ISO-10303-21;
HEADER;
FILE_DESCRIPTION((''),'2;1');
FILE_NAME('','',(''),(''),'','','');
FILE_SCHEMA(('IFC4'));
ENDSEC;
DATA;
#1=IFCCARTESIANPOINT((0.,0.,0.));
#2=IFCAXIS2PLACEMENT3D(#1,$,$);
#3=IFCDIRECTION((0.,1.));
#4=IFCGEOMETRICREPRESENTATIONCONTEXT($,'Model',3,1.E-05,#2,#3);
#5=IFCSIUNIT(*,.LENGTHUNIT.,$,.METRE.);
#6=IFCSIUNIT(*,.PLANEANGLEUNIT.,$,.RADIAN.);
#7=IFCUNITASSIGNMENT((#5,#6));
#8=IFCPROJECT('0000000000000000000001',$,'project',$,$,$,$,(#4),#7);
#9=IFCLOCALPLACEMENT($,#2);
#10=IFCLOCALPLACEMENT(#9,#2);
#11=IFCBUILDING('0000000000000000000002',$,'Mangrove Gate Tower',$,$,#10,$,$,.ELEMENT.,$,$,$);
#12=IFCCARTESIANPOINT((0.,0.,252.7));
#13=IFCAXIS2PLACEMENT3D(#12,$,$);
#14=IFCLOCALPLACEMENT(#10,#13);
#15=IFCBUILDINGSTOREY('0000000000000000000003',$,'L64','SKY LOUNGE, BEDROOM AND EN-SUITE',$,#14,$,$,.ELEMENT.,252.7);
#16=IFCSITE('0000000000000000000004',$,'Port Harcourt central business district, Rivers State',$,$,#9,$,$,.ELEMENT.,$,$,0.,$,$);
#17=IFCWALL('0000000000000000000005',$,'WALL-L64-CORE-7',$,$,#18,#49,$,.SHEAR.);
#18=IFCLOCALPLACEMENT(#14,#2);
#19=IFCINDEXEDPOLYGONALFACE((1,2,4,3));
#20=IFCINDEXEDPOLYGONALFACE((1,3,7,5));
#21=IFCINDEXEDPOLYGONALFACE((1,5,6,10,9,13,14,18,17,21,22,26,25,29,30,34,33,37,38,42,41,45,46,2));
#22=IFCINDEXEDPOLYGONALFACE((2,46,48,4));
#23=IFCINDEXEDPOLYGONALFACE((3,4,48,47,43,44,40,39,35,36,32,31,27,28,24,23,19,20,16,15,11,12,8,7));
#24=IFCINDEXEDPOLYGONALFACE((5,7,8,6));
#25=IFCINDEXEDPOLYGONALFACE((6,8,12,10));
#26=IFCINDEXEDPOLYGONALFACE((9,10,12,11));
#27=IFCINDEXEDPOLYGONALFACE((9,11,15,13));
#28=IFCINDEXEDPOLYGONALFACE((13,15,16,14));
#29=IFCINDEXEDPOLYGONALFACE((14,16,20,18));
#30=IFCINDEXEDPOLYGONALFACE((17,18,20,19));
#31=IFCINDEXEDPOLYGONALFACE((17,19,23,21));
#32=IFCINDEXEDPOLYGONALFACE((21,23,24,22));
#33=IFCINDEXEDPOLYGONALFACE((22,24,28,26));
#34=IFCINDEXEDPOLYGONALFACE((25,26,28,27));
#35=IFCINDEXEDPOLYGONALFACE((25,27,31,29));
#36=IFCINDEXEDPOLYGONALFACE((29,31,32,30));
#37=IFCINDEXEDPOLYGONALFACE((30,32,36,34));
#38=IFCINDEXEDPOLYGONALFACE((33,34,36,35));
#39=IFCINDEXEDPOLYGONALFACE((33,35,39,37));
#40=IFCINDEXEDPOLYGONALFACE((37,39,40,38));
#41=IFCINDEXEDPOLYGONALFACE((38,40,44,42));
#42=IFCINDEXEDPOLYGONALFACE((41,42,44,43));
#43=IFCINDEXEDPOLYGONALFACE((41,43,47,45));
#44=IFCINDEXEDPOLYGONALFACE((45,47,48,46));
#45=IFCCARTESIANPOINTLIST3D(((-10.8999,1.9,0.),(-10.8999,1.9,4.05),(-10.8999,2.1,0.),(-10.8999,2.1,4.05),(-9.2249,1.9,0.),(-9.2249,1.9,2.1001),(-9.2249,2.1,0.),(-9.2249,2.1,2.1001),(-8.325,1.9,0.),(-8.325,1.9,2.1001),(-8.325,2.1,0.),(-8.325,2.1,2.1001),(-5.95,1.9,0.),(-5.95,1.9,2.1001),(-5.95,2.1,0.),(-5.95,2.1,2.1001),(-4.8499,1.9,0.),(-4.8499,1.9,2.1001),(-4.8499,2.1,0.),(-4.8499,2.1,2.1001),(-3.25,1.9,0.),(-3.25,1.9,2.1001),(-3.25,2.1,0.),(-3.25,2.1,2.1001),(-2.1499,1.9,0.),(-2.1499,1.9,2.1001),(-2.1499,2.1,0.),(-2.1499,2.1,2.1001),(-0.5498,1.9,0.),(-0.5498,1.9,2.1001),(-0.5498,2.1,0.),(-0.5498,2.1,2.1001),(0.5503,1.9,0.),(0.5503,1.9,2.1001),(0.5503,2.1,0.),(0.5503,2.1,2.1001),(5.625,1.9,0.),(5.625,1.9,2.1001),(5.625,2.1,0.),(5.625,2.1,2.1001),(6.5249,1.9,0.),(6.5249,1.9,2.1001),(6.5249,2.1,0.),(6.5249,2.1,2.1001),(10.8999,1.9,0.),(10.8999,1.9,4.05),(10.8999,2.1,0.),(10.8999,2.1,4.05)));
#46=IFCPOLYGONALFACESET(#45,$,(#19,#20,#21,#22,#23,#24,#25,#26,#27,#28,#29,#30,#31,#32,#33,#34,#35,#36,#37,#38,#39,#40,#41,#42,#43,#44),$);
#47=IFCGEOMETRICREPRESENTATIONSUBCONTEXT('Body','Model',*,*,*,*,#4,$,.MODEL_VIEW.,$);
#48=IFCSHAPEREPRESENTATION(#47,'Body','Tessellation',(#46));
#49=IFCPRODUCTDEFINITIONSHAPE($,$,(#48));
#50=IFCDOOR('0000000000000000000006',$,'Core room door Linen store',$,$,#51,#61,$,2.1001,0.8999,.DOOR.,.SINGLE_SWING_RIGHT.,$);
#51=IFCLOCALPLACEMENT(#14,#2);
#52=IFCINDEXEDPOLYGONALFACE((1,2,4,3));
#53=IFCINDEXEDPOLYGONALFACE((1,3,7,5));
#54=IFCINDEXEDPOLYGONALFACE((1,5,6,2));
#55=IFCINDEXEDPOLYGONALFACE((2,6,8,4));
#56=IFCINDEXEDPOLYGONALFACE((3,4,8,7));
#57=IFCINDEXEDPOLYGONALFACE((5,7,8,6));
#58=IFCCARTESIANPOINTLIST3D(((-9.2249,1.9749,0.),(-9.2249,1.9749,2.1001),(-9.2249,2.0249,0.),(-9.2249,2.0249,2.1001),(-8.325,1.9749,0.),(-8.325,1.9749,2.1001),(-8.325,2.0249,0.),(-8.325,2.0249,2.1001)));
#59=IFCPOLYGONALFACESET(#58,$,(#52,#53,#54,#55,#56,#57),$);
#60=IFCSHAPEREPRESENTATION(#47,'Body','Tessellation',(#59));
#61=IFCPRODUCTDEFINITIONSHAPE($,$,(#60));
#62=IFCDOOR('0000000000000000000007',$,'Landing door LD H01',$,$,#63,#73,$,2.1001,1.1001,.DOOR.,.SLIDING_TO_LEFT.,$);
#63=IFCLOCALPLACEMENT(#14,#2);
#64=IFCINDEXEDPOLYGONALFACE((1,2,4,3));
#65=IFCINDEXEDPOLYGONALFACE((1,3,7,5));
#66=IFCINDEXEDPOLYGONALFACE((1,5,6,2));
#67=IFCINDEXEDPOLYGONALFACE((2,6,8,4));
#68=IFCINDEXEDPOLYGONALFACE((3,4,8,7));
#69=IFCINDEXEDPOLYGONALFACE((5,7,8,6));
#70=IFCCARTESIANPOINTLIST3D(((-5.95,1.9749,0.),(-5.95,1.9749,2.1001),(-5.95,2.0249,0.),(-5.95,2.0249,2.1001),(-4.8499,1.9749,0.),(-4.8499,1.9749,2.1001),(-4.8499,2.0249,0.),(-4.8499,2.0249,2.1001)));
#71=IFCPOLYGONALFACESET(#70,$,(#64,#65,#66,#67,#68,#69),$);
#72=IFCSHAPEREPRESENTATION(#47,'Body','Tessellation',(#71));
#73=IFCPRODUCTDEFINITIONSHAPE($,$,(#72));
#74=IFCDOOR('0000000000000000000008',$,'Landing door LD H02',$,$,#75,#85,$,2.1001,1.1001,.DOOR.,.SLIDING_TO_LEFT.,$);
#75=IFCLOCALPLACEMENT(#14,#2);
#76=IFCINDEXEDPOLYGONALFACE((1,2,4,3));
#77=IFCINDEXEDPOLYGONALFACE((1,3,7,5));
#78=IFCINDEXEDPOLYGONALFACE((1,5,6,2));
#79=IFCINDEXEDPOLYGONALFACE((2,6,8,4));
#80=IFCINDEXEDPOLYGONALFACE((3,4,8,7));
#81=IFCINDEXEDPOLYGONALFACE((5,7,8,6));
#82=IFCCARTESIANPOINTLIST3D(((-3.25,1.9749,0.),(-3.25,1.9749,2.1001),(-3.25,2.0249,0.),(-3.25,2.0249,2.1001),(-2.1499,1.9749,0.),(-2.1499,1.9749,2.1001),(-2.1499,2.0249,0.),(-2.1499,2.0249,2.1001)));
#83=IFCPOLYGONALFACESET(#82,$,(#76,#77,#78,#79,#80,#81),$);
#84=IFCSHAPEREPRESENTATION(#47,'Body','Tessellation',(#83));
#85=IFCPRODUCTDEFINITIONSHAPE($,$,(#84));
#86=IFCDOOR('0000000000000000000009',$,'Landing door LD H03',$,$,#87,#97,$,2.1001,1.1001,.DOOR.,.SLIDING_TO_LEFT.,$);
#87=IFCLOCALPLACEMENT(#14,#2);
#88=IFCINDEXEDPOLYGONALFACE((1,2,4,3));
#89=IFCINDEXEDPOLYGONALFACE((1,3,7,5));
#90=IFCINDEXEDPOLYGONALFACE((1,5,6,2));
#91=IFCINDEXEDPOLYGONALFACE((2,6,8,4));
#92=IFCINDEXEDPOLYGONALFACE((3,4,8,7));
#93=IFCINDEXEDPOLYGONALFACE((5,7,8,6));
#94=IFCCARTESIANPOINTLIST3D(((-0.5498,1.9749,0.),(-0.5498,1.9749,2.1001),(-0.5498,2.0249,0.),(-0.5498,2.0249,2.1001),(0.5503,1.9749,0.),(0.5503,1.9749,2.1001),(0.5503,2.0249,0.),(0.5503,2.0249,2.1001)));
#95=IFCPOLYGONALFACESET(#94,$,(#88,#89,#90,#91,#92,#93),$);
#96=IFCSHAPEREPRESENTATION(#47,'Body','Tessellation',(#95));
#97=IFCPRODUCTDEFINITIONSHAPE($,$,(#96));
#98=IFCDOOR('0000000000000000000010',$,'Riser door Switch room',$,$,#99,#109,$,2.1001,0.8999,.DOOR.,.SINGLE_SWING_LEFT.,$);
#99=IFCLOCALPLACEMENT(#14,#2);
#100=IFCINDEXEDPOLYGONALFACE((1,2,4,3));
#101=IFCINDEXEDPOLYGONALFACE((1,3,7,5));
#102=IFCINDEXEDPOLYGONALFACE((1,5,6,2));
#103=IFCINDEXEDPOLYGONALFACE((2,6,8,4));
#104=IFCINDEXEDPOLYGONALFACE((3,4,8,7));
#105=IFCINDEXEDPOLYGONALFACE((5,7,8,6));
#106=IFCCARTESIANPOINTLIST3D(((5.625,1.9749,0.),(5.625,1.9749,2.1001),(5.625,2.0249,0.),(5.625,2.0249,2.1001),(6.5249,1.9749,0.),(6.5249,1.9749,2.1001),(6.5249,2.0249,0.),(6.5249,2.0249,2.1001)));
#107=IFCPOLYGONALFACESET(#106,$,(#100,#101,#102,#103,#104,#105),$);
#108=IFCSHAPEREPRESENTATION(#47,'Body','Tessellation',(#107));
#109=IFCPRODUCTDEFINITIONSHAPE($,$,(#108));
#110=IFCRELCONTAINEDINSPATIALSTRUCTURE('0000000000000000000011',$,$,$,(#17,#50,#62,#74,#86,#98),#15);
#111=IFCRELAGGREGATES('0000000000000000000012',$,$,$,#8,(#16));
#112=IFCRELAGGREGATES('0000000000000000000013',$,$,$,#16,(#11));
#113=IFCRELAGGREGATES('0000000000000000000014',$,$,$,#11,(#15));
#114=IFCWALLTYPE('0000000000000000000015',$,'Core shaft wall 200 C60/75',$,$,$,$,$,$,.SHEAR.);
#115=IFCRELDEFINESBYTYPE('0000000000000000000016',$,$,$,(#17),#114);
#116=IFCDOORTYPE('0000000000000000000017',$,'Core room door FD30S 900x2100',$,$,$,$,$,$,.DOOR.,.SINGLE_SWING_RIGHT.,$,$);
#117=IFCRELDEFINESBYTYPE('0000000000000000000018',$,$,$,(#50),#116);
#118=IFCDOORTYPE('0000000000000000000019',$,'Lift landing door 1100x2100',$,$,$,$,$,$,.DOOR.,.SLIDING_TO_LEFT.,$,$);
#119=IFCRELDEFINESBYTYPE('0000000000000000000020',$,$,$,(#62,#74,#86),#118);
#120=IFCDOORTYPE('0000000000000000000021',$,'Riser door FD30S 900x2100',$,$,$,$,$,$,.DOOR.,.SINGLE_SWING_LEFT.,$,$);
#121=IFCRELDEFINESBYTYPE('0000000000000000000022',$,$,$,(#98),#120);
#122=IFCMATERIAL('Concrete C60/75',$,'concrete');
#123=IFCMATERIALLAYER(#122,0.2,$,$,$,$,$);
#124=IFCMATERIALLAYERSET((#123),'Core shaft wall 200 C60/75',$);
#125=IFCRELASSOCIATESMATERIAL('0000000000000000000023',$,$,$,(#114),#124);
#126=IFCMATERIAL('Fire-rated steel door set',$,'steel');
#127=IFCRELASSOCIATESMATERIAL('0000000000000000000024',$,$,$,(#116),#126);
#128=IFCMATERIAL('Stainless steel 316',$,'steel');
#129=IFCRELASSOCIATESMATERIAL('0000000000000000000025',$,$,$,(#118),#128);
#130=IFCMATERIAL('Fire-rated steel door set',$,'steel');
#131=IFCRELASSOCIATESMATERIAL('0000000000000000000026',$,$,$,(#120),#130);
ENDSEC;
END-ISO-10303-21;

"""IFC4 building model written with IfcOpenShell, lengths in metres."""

from ifc_helpers import new_model, si_unit, direction, frame, frame_2d, origin, place, context, subcontext, project, spatial, rectangle, extrude, material, layer, layer_set, type_object, element, fill, save


model = new_model("IFC4")

# Units and contexts
model_context = context("Model", 3, precision=1e-05, world=origin(), true_north=direction((0.0, 1.0)))
body_context = subcontext(model_context, "Body", "Model", "MODEL_VIEW")
ifc_project = project(units=[si_unit("LENGTHUNIT", "METRE"), si_unit("PLANEANGLEUNIT", "RADIAN")], contexts=[model_context])

# Site, building, storey
site_placement = place(None, origin())
site = spatial("IfcSite", under=ifc_project, at=site_placement, Name="Port Harcourt central business district, Rivers State", CompositionType="ELEMENT", RefElevation=0.0)
building_placement = place(site_placement, origin())
building = spatial("IfcBuilding", under=site, at=building_placement, Name="Mangrove Gate Tower", CompositionType="ELEMENT")
storey_placement = place(building_placement, frame((0.0, 0.0, 252.7)))
storey = spatial("IfcBuildingStorey", under=building, at=storey_placement, Name="L64", Description="SKY LOUNGE, BEDROOM AND EN-SUITE", CompositionType="ELEMENT", Elevation=252.7)

# Shared definitions
ifc_material_1 = material(Name="Concrete C60/75", Category="concrete")
ifc_layer_1 = layer(ifc_material_1, 0.2)
ifc_layer_set_1 = layer_set([ifc_layer_1], Name="Core shaft wall 200 C60/75")
wall_type_1 = type_object("IfcWallType", Name="Core shaft wall 200 C60/75", PredefinedType="SHEAR", material=ifc_layer_set_1)

# Wall, openings, doors
wall_1_placement = place(storey_placement, frame((-10.8999, 2.0, 0.0), z_axis=(0.0, 0.0, 1.0), x_axis=(1.0, 0.0, 0.0)))
wall_1 = element("IfcWall", 1, at=wall_1_placement, inside=storey, type_object=wall_type_1, Name="WALL-L64-CORE-7", PredefinedType="SHEAR", context=body_context, shape_type="SweptSolid", body=[
    extrude(rectangle(XDim=21.7998, YDim=0.2, at=frame_2d((10.8999, 0.0))), origin(), (0.0, 0.0, 1.0), 4.05),
])
opening_1_placement = place(wall_1_placement, frame((4.95, 0.0, 0.0)))
opening_1 = element("IfcOpeningElement", 2, at=opening_1_placement, cuts=wall_1, PredefinedType="OPENING", context=body_context, shape_type="SweptSolid", body=[
    extrude(rectangle(XDim=1.1001, YDim=2.1001, at=frame_2d((0.55, 1.05))), frame((0.0, 0.1099, 0.0), z_axis=(0.0, -1.0, 0.0), x_axis=(1.0, 0.0, 0.0)), (0.0, 0.0, 1.0), 0.22),
])
opening_2_placement = place(wall_1_placement, frame((7.6499, 0.0, 0.0)))
opening_2 = element("IfcOpeningElement", 3, at=opening_2_placement, cuts=wall_1, PredefinedType="OPENING", context=body_context, shape_type="SweptSolid", body=[
    extrude(rectangle(XDim=1.1001, YDim=2.1001, at=frame_2d((0.55, 1.05))), frame((0.0, 0.1099, 0.0), z_axis=(0.0, -1.0, 0.0), x_axis=(1.0, 0.0, 0.0)), (0.0, 0.0, 1.0), 0.22),
])
opening_3_placement = place(wall_1_placement, frame((10.3501, 0.0, 0.0)))
opening_3 = element("IfcOpeningElement", 4, at=opening_3_placement, cuts=wall_1, PredefinedType="OPENING", context=body_context, shape_type="SweptSolid", body=[
    extrude(rectangle(XDim=1.1001, YDim=2.1001, at=frame_2d((0.55, 1.05))), frame((0.0, 0.1099, 0.0), z_axis=(0.0, -1.0, 0.0), x_axis=(1.0, 0.0, 0.0)), (0.0, 0.0, 1.0), 0.22),
])
opening_4_placement = place(wall_1_placement, frame((1.675, 0.0, 0.0)))
opening_4 = element("IfcOpeningElement", 5, at=opening_4_placement, cuts=wall_1, PredefinedType="OPENING", context=body_context, shape_type="SweptSolid", body=[
    extrude(rectangle(XDim=0.8999, YDim=2.1001, at=frame_2d((0.45, 1.05))), frame((0.0, 0.1099, 0.0), z_axis=(0.0, -1.0, 0.0), x_axis=(1.0, 0.0, 0.0)), (0.0, 0.0, 1.0), 0.22),
])
opening_5_placement = place(wall_1_placement, frame((16.5249, 0.0, 0.0)))
opening_5 = element("IfcOpeningElement", 6, at=opening_5_placement, cuts=wall_1, PredefinedType="OPENING", context=body_context, shape_type="SweptSolid", body=[
    extrude(rectangle(XDim=0.8999, YDim=2.1001, at=frame_2d((0.45, 1.05))), frame((0.0, 0.1099, 0.0), z_axis=(0.0, -1.0, 0.0), x_axis=(1.0, 0.0, 0.0)), (0.0, 0.0, 1.0), 0.22),
])
ifc_material_2 = material(Name="Fire-rated steel door set", Category="steel")
door_type_1 = type_object("IfcDoorType", Name="Core room door FD30S 900x2100", OperationType="SINGLE_SWING_RIGHT", PredefinedType="DOOR", material=ifc_material_2)
door_1_placement = place(opening_4_placement, origin())
door_1 = element("IfcDoor", 7, at=door_1_placement, inside=storey, type_object=door_type_1, Name="Core room door Linen store", OperationType="SINGLE_SWING_RIGHT", OverallHeight=2.1001, OverallWidth=0.8999, PredefinedType="DOOR", context=body_context, shape_type="SweptSolid", body=[
    extrude(rectangle(XDim=0.8999, YDim=2.1001, at=frame_2d((0.45, 1.05))), frame((0.0, 0.0249, 0.0), z_axis=(0.0, -1.0, 0.0), x_axis=(1.0, 0.0, 0.0)), (0.0, 0.0, 1.0), 0.05),
])
fill(opening_4, door_1)
ifc_material_3 = material(Name="Stainless steel 316", Category="steel")
door_type_2 = type_object("IfcDoorType", Name="Lift landing door 1100x2100", OperationType="SLIDING_TO_LEFT", PredefinedType="DOOR", material=ifc_material_3)
door_2_placement = place(opening_1_placement, origin())
door_2 = element("IfcDoor", 8, at=door_2_placement, inside=storey, type_object=door_type_2, Name="Landing door LD H01", OperationType="SLIDING_TO_LEFT", OverallHeight=2.1001, OverallWidth=1.1001, PredefinedType="DOOR", context=body_context, shape_type="SweptSolid", body=[
    extrude(rectangle(XDim=1.1001, YDim=2.1001, at=frame_2d((0.55, 1.05))), frame((0.0, 0.0249, 0.0), z_axis=(0.0, -1.0, 0.0), x_axis=(1.0, 0.0, 0.0)), (0.0, 0.0, 1.0), 0.05),
])
fill(opening_1, door_2)
door_3_placement = place(opening_2_placement, origin())
door_3 = element("IfcDoor", 9, at=door_3_placement, inside=storey, type_object=door_type_2, Name="Landing door LD H02", OperationType="SLIDING_TO_LEFT", OverallHeight=2.1001, OverallWidth=1.1001, PredefinedType="DOOR", context=body_context, shape_type="SweptSolid", body=[
    extrude(rectangle(XDim=1.1001, YDim=2.1001, at=frame_2d((0.55, 1.05))), frame((0.0, 0.0249, 0.0), z_axis=(0.0, -1.0, 0.0), x_axis=(1.0, 0.0, 0.0)), (0.0, 0.0, 1.0), 0.05),
])
fill(opening_2, door_3)
door_4_placement = place(opening_3_placement, origin())
door_4 = element("IfcDoor", 10, at=door_4_placement, inside=storey, type_object=door_type_2, Name="Landing door LD H03", OperationType="SLIDING_TO_LEFT", OverallHeight=2.1001, OverallWidth=1.1001, PredefinedType="DOOR", context=body_context, shape_type="SweptSolid", body=[
    extrude(rectangle(XDim=1.1001, YDim=2.1001, at=frame_2d((0.55, 1.05))), frame((0.0, 0.0249, 0.0), z_axis=(0.0, -1.0, 0.0), x_axis=(1.0, 0.0, 0.0)), (0.0, 0.0, 1.0), 0.05),
])
fill(opening_3, door_4)
ifc_material_4 = material(Name="Fire-rated steel door set", Category="steel")
door_type_3 = type_object("IfcDoorType", Name="Riser door FD30S 900x2100", OperationType="SINGLE_SWING_LEFT", PredefinedType="DOOR", material=ifc_material_4)
door_5_placement = place(opening_5_placement, origin())
door_5 = element("IfcDoor", 11, at=door_5_placement, inside=storey, type_object=door_type_3, Name="Riser door Switch room", OperationType="SINGLE_SWING_LEFT", OverallHeight=2.1001, OverallWidth=0.8999, PredefinedType="DOOR", context=body_context, shape_type="SweptSolid", body=[
    extrude(rectangle(XDim=0.8999, YDim=2.1001, at=frame_2d((0.45, 1.05))), frame((0.0, 0.0249, 0.0), z_axis=(0.0, -1.0, 0.0), x_axis=(1.0, 0.0, 0.0)), (0.0, 0.0, 1.0), 0.05),
])
fill(opening_5, door_5)

save(model, "model.ifc")
